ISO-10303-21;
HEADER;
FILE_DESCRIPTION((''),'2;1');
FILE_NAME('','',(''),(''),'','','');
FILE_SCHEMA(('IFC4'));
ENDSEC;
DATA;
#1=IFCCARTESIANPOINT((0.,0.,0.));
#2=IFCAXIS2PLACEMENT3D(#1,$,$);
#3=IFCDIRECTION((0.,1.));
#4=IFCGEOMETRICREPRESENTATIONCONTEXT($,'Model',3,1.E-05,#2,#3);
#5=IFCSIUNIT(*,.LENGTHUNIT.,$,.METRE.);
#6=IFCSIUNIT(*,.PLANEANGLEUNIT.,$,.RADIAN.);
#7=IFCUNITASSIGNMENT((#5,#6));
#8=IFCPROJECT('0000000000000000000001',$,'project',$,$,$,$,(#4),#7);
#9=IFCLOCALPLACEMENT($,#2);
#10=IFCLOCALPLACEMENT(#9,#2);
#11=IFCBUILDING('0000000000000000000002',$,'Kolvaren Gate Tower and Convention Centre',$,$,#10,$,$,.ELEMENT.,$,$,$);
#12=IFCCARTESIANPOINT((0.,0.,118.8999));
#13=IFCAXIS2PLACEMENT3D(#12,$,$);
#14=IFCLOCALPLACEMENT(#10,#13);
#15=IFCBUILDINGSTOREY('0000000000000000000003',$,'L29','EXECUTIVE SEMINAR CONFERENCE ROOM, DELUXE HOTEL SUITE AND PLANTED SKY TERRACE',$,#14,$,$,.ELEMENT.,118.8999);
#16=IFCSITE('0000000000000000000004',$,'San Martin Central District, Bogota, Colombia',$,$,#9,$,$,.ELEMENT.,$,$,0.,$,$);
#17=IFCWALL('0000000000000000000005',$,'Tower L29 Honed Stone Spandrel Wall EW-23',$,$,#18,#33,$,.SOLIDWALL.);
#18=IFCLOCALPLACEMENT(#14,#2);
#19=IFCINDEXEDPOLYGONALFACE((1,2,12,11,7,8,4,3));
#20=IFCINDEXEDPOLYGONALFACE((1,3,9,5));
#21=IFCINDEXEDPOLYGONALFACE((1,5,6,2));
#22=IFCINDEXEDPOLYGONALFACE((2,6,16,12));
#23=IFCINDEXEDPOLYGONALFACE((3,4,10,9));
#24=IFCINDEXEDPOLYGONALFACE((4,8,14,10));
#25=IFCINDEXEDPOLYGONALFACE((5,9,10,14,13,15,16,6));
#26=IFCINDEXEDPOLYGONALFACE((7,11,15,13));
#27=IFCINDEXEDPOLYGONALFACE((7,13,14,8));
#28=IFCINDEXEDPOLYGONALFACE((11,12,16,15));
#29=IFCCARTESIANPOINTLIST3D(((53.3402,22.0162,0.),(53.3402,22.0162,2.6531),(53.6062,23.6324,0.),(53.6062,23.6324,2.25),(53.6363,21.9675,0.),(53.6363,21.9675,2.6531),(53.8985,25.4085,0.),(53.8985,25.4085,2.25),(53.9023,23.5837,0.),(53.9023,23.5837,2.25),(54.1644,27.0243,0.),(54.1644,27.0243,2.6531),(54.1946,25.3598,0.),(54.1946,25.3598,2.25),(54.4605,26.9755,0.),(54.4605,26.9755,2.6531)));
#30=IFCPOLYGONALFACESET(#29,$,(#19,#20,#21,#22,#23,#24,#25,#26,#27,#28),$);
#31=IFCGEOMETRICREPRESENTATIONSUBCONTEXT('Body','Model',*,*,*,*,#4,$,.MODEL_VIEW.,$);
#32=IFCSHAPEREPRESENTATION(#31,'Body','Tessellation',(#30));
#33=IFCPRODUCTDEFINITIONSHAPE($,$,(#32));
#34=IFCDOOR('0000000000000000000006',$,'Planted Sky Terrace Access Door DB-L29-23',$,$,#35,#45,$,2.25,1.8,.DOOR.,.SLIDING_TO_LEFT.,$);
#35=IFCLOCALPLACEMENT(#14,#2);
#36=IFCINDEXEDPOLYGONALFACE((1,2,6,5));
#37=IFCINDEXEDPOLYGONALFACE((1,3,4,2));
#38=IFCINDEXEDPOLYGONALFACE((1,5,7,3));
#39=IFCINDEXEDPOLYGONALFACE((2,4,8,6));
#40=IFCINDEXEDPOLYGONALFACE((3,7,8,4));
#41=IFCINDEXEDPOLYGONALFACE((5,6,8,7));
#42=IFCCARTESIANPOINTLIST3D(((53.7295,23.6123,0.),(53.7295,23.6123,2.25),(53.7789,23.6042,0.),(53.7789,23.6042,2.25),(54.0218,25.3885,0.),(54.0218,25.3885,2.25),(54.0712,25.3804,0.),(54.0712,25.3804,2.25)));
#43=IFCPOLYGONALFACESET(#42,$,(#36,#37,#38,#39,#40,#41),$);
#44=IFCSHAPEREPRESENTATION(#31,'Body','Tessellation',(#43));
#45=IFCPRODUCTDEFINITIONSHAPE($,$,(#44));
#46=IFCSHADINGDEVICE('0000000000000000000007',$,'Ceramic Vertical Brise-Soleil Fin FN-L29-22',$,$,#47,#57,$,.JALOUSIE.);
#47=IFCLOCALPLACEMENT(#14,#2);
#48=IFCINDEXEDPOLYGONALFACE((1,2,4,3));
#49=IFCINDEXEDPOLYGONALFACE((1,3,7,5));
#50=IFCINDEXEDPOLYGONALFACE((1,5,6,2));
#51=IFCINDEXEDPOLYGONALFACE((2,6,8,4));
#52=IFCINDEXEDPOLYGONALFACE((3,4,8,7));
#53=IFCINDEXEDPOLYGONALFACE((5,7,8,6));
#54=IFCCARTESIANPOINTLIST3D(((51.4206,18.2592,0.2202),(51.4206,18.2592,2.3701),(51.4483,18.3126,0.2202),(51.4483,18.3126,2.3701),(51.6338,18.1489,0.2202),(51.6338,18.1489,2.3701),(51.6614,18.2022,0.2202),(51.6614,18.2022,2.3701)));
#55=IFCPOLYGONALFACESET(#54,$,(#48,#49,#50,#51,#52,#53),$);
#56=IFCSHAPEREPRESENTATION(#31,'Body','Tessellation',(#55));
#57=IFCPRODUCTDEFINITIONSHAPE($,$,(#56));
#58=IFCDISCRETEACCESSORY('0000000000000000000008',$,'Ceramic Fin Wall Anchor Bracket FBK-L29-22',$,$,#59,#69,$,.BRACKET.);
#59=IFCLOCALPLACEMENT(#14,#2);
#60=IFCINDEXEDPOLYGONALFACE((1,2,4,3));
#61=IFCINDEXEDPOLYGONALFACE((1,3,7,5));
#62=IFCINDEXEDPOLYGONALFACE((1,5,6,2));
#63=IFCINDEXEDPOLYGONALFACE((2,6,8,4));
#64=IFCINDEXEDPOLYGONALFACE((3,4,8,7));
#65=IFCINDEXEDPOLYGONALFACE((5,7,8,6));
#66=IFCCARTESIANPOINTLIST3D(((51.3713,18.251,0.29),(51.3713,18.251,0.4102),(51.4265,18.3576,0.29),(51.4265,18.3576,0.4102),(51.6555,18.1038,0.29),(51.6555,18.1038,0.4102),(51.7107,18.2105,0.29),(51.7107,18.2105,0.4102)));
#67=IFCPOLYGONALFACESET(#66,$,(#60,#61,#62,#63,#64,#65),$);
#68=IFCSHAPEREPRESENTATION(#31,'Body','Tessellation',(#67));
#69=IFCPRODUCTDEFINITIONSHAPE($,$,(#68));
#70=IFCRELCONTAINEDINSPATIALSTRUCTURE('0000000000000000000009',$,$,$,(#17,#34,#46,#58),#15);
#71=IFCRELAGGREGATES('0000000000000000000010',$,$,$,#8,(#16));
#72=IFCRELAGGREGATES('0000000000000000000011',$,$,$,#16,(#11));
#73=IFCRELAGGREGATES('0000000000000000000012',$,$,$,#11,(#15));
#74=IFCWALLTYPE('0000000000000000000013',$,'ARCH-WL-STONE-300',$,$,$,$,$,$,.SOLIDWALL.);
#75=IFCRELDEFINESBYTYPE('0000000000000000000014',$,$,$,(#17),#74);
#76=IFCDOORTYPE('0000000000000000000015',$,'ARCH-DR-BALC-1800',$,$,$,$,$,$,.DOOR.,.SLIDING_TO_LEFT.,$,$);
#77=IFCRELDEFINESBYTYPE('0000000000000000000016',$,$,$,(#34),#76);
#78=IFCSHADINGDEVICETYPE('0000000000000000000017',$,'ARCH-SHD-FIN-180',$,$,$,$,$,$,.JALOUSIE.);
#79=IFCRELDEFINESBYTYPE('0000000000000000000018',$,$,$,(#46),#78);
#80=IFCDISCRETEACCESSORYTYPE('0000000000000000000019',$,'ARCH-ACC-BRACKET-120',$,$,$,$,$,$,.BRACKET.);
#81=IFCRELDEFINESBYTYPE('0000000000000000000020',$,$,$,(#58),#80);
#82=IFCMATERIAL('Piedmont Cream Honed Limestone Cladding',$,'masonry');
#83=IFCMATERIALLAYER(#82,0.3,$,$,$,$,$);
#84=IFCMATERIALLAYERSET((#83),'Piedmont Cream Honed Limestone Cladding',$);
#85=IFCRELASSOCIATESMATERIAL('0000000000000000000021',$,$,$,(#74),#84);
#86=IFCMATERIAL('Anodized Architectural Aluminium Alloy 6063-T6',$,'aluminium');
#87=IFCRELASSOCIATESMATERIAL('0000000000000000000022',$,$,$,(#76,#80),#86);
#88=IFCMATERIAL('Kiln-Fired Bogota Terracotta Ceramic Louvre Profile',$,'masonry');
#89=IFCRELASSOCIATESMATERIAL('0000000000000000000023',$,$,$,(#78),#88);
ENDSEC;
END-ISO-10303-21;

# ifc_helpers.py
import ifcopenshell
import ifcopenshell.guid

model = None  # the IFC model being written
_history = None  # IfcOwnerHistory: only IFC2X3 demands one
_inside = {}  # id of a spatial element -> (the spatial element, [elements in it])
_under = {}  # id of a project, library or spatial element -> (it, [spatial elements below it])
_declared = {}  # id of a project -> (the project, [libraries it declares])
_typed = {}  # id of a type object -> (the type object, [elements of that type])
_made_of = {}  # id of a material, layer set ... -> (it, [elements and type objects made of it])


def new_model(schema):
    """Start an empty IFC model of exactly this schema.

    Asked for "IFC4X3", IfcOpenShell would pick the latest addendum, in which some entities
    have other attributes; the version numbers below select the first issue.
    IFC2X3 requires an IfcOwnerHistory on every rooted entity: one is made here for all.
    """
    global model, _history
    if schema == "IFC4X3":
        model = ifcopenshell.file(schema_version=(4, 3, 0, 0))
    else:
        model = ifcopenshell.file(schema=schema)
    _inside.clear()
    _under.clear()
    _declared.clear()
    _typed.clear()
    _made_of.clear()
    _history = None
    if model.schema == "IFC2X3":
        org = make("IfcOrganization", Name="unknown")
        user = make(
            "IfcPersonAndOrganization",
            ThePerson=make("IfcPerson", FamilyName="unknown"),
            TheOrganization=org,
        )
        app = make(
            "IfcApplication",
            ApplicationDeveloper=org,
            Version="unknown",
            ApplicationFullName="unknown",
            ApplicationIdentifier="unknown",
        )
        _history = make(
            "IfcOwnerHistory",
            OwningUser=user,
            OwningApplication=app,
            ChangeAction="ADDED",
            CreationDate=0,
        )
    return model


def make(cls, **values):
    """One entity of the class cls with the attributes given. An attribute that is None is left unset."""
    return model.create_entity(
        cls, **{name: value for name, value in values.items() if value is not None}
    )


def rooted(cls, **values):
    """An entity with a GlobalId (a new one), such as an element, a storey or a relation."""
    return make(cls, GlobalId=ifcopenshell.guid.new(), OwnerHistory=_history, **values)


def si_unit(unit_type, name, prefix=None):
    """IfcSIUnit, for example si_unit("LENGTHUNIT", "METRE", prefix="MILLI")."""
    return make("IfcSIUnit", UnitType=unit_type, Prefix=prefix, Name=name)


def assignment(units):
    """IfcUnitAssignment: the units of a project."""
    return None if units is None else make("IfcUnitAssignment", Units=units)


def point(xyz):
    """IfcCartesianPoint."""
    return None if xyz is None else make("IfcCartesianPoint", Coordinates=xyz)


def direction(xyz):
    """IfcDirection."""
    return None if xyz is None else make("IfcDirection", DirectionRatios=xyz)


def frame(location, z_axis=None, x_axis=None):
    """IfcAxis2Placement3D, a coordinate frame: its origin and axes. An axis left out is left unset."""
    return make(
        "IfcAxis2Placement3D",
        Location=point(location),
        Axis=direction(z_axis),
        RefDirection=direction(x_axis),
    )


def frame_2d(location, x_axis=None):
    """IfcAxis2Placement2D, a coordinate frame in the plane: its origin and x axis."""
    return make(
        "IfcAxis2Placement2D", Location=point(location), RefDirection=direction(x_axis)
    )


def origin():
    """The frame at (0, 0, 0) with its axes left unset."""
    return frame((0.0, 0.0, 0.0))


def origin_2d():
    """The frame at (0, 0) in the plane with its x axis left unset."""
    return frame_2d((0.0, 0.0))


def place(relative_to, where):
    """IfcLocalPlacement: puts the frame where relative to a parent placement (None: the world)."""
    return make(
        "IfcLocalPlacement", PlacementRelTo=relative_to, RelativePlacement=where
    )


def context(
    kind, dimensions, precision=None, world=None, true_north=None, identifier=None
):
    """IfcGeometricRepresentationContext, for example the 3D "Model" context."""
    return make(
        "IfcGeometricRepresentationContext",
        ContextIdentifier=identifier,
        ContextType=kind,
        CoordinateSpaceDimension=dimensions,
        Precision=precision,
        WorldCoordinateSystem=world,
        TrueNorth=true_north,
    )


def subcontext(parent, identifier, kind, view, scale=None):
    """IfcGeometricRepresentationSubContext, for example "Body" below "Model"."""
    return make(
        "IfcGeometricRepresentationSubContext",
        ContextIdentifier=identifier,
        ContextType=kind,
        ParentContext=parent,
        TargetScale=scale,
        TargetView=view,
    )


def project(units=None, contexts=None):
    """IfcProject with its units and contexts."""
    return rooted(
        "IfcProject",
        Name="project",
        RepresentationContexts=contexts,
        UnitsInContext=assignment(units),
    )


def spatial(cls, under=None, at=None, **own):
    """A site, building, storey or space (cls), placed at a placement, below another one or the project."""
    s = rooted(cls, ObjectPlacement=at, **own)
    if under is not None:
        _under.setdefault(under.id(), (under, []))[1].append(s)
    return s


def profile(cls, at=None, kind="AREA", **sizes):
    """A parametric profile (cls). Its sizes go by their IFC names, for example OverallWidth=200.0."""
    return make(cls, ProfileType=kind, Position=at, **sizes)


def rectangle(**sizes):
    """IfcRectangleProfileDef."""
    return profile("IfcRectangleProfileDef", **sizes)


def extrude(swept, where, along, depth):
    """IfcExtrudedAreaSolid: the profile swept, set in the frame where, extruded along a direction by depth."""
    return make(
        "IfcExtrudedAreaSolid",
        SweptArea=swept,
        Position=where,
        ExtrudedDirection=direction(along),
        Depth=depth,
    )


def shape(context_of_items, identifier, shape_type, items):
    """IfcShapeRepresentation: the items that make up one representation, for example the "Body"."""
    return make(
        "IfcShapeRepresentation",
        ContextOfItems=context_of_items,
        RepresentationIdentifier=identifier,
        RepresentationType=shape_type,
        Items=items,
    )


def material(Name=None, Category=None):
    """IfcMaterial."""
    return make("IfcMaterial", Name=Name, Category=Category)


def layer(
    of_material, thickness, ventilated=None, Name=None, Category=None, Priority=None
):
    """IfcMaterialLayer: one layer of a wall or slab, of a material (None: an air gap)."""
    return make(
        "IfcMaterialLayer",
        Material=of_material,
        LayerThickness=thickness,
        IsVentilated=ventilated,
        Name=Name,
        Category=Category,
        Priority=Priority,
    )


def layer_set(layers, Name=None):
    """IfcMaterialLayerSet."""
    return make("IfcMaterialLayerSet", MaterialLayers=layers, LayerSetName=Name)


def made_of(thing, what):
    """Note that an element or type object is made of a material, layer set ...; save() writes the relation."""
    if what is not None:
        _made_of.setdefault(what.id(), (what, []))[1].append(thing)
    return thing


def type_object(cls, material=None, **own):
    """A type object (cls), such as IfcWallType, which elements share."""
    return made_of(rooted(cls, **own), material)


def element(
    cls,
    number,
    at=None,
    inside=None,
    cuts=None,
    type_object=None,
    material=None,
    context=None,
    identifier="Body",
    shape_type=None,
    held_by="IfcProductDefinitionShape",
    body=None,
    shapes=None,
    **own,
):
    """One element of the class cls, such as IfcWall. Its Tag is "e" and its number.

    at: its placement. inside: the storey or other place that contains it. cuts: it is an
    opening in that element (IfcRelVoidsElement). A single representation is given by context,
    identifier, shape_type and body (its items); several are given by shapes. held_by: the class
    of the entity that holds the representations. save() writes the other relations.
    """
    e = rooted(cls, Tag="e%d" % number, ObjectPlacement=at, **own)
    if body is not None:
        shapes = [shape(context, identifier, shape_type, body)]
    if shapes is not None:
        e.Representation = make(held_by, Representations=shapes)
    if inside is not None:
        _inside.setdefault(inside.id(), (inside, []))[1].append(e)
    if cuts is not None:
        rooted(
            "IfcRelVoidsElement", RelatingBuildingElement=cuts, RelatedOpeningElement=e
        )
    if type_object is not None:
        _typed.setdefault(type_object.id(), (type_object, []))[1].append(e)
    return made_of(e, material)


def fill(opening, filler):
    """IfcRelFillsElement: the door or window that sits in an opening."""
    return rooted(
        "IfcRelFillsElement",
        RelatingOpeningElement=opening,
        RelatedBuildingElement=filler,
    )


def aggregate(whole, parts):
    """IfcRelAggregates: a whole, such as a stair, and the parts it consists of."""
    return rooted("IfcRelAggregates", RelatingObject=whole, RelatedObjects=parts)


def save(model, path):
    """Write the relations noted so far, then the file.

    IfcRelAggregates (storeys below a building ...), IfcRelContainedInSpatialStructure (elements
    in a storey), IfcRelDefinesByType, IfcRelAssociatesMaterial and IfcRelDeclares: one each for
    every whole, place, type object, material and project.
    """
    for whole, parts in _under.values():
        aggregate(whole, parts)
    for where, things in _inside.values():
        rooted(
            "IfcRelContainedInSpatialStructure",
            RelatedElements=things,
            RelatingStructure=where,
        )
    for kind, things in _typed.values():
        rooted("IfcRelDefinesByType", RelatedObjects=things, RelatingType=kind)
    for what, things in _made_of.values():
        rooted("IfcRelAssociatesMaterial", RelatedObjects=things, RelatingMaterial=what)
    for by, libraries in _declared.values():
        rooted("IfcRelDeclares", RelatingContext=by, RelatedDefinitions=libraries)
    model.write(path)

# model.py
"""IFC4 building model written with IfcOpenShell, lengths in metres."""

from ifc_helpers import new_model, si_unit, direction, frame, frame_2d, origin, origin_2d, place, context, subcontext, project, spatial, rectangle, extrude, material, layer, layer_set, type_object, element, fill, save


model = new_model("IFC4")

# Units and contexts
model_context = context("Model", 3, precision=1e-05, world=origin(), true_north=direction((0.0, 1.0)))
body_context = subcontext(model_context, "Body", "Model", "MODEL_VIEW")
ifc_project = project(units=[si_unit("LENGTHUNIT", "METRE"), si_unit("PLANEANGLEUNIT", "RADIAN")], contexts=[model_context])

# Site, building, storey
site_placement = place(None, origin())
site = spatial("IfcSite", under=ifc_project, at=site_placement, Name="San Martin Central District, Bogota, Colombia", CompositionType="ELEMENT", RefElevation=0.0)
building_placement = place(site_placement, origin())
building = spatial("IfcBuilding", under=site, at=building_placement, Name="Kolvaren Gate Tower and Convention Centre", CompositionType="ELEMENT")
storey_placement = place(building_placement, frame((0.0, 0.0, 118.8999)))
storey = spatial("IfcBuildingStorey", under=building, at=storey_placement, Name="L29", Description="EXECUTIVE SEMINAR CONFERENCE ROOM, DELUXE HOTEL SUITE AND PLANTED SKY TERRACE", CompositionType="ELEMENT", Elevation=118.8999)

# Shared definitions
ifc_material_1 = material(Name="Piedmont Cream Honed Limestone Cladding", Category="masonry")

# Shared definitions
ifc_layer_1 = layer(ifc_material_1, 0.3)
ifc_layer_set_1 = layer_set([ifc_layer_1], Name="Piedmont Cream Honed Limestone Cladding")
wall_type_1 = type_object("IfcWallType", Name="ARCH-WL-STONE-300", PredefinedType="SOLIDWALL", material=ifc_layer_set_1)

# Wall, opening, door
wall_1_placement = place(storey_placement, frame((53.4883, 21.9919, 0.0), z_axis=(0.0, 0.0, 1.0), x_axis=(0.162394, 0.986726, 0.0)))
wall_1 = element("IfcWall", 1, at=wall_1_placement, inside=storey, type_object=wall_type_1, Name="Tower L29 Honed Stone Spandrel Wall EW-23", PredefinedType="SOLIDWALL", context=body_context, shape_type="SweptSolid", body=[
    extrude(rectangle(XDim=5.0754, YDim=0.3, at=frame_2d((2.5376, 0.0))), origin(), (0.0, 0.0, 1.0), 2.6531),
])
opening_1_placement = place(wall_1_placement, frame((1.6379, 0.0, 0.0)))
opening_1 = element("IfcOpeningElement", 2, at=opening_1_placement, cuts=wall_1, PredefinedType="OPENING", context=body_context, shape_type="SweptSolid", body=[
    extrude(rectangle(XDim=1.8, YDim=2.25, at=frame_2d((0.8999, 1.125))), frame((0.0, 0.1599, 0.0), z_axis=(0.0, -1.0, 0.0), x_axis=(1.0, 0.0, 0.0)), (0.0, 0.0, 1.0), 0.3201),
])
ifc_material_2 = material(Name="Anodized Architectural Aluminium Alloy 6063-T6", Category="aluminium")
door_type = type_object("IfcDoorType", Name="ARCH-DR-BALC-1800", OperationType="SLIDING_TO_LEFT", PredefinedType="DOOR", material=ifc_material_2)
door_placement = place(opening_1_placement, frame((1.8, 0.0, 0.0), z_axis=(0.0, 0.0, 1.0), x_axis=(-1.0, 0.0, 0.0)))
door = element("IfcDoor", 3, at=door_placement, inside=storey, type_object=door_type, Name="Planted Sky Terrace Access Door DB-L29-23", OperationType="SLIDING_TO_LEFT", OverallHeight=2.25, OverallWidth=1.8, PredefinedType="DOOR", context=body_context, shape_type="SweptSolid", body=[
    extrude(rectangle(XDim=1.8, YDim=2.25, at=frame_2d((0.8999, 1.125))), frame((0.0, 0.0249, 0.0), z_axis=(0.0, -1.0, 0.0), x_axis=(1.0, 0.0, 0.0)), (0.0, 0.0, 1.0), 0.05),
])
fill(opening_1, door)

# Shading device
ifc_material_3 = material(Name="Kiln-Fired Bogota Terracotta Ceramic Louvre Profile", Category="masonry")
shading_device_type = type_object("IfcShadingDeviceType", Name="ARCH-SHD-FIN-180", PredefinedType="JALOUSIE", material=ifc_material_3)
shading_device_placement = place(storey_placement, frame((51.541, 18.2307, 0.2202), z_axis=(0.0, 0.0, 1.0), x_axis=(0.459781, 0.888032, 0.0)))
element("IfcShadingDevice", 4, at=shading_device_placement, inside=storey, type_object=shading_device_type, Name="Ceramic Vertical Brise-Soleil Fin FN-L29-22", PredefinedType="JALOUSIE", context=body_context, shape_type="SweptSolid", body=[
    extrude(rectangle(XDim=0.0601, YDim=0.24, at=origin_2d()), origin(), (0.0, 0.0, 1.0), 2.1499),
])

# Discrete accessory
discrete_accessory_type = type_object("IfcDiscreteAccessoryType", Name="ARCH-ACC-BRACKET-120", PredefinedType="BRACKET", material=ifc_material_2)
discrete_accessory_placement = place(storey_placement, frame((51.541, 18.2307, 0.29), z_axis=(0.0, 0.0, 1.0), x_axis=(0.459781, 0.888032, 0.0)))
element("IfcDiscreteAccessory", 5, at=discrete_accessory_placement, inside=storey, type_object=discrete_accessory_type, Name="Ceramic Fin Wall Anchor Bracket FBK-L29-22", PredefinedType="BRACKET", context=body_context, shape_type="SweptSolid", body=[
    extrude(rectangle(XDim=0.1201, YDim=0.3201, at=origin_2d()), origin(), (0.0, 0.0, 1.0), 0.1201),
])

save(model, "model.ifc")
